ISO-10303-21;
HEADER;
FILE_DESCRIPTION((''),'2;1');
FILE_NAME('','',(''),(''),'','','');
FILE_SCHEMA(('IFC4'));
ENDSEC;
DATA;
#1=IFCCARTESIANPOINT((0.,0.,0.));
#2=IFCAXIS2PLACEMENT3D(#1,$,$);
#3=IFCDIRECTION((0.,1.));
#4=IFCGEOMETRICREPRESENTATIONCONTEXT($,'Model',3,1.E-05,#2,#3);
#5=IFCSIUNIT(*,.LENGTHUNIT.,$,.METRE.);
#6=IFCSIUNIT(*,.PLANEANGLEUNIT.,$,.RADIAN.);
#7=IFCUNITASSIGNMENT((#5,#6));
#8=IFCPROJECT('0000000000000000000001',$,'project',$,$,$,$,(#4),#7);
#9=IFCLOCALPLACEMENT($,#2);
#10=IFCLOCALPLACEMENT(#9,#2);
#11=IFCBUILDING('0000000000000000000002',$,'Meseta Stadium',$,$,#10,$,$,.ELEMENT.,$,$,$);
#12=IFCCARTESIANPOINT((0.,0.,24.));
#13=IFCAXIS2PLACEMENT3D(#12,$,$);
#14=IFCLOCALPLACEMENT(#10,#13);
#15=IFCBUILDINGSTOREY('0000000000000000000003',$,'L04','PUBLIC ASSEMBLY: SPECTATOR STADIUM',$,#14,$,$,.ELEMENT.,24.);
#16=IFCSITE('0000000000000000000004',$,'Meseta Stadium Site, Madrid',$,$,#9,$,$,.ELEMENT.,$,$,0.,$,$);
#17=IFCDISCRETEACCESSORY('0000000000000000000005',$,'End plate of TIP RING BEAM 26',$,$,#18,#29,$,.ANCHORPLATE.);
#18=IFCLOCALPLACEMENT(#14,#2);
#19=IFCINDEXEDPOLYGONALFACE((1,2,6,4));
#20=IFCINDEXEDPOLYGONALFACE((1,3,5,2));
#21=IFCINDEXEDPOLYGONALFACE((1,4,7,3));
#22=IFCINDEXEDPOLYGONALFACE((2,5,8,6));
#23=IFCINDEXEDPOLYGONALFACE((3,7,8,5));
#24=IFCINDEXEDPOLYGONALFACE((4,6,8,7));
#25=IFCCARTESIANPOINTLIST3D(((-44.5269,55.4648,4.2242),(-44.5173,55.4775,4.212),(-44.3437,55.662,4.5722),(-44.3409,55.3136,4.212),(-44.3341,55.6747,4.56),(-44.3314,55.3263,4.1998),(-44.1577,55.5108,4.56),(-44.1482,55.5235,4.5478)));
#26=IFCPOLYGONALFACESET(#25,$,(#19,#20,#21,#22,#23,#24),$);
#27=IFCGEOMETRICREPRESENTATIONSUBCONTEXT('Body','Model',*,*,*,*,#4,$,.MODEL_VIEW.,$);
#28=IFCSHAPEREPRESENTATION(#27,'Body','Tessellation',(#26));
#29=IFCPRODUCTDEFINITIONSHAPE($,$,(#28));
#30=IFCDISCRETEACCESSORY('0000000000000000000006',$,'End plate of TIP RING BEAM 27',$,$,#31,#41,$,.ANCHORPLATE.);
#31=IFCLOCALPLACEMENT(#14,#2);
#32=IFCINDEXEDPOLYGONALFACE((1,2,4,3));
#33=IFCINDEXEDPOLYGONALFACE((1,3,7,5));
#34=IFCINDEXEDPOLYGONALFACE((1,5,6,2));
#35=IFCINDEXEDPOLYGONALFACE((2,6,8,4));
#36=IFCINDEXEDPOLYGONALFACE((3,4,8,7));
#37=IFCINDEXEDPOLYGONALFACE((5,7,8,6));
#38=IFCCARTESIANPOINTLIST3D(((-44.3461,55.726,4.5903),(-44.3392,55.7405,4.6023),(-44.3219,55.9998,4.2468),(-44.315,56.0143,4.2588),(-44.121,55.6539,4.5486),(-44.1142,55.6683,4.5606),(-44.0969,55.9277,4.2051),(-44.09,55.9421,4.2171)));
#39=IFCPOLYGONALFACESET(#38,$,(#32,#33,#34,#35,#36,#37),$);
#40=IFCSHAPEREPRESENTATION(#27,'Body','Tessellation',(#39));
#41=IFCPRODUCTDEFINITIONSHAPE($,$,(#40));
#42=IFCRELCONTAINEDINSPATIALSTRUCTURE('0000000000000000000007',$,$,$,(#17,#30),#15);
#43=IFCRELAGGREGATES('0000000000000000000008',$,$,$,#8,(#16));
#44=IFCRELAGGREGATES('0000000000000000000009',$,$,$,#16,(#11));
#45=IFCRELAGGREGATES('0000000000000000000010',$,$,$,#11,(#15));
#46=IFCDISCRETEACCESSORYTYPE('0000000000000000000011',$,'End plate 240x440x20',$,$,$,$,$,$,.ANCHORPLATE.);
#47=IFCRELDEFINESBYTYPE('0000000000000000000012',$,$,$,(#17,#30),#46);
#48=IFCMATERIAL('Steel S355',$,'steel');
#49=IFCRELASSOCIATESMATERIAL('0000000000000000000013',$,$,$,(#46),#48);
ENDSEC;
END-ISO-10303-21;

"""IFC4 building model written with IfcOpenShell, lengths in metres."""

from ifc_helpers import new_model, si_unit, direction, frame, origin, origin_2d, place, context, subcontext, project, spatial, rectangle, extrude, material, material_profile, profile_set, type_object, element, save


model = new_model("IFC4")

# Units and contexts
model_context = context("Model", 3, precision=1e-05, world=origin(), true_north=direction((0.0, 1.0)))
body_context = subcontext(model_context, "Body", "Model", "MODEL_VIEW")
ifc_project = project(units=[si_unit("LENGTHUNIT", "METRE"), si_unit("PLANEANGLEUNIT", "RADIAN")], contexts=[model_context])

# Site, building, storey
site_placement = place(None, origin())
site = spatial("IfcSite", under=ifc_project, at=site_placement, Name="Meseta Stadium Site, Madrid", CompositionType="ELEMENT", RefElevation=0.0)
building_placement = place(site_placement, origin())
building = spatial("IfcBuilding", under=site, at=building_placement, Name="Meseta Stadium", CompositionType="ELEMENT")
storey_placement = place(building_placement, frame((0.0, 0.0, 24.0)))
storey = spatial("IfcBuildingStorey", under=building, at=storey_placement, Name="L04", Description="PUBLIC ASSEMBLY: SPECTATOR STADIUM", CompositionType="ELEMENT", Elevation=24.0)

# Discrete accessories
ifc_material_1 = material(Name="Steel S355", Category="steel")
ifc_material_profile_1 = material_profile(ifc_material_1, rectangle(XDim=0.24, YDim=0.4399, at=origin_2d()), Name="PL 240x440")
ifc_profile_set_1 = profile_set([ifc_material_profile_1], Name="Steel S355")
discrete_accessory_type_1 = type_object("IfcDiscreteAccessoryType", Name="End plate 240x440x20", PredefinedType="ANCHORPLATE", material=ifc_profile_set_1)
for number, where, z_axis, x_axis, name in (
    (1, (-44.3328, 55.5005, 4.3799), (-0.475574, -0.634099, 0.609711), (0.774878, -0.630061, -0.050858), "End plate of TIP RING BEAM 26"),
    (2, (-44.2146, 55.8413, 4.4097), (-0.342946, -0.722636, -0.600155), (0.937749, -0.300716, -0.17377), "End plate of TIP RING BEAM 27"),
):
    element("IfcDiscreteAccessory", number, at=place(storey_placement, frame(where, z_axis=z_axis, x_axis=x_axis)), inside=storey, type_object=discrete_accessory_type_1, Name=name, PredefinedType="ANCHORPLATE", context=body_context, shape_type="SweptSolid", body=[
        extrude(rectangle(XDim=0.24, YDim=0.4399, at=origin_2d()), origin(), (0.0, 0.0, 1.0), 0.02),
    ])

save(model, "model.ifc")
